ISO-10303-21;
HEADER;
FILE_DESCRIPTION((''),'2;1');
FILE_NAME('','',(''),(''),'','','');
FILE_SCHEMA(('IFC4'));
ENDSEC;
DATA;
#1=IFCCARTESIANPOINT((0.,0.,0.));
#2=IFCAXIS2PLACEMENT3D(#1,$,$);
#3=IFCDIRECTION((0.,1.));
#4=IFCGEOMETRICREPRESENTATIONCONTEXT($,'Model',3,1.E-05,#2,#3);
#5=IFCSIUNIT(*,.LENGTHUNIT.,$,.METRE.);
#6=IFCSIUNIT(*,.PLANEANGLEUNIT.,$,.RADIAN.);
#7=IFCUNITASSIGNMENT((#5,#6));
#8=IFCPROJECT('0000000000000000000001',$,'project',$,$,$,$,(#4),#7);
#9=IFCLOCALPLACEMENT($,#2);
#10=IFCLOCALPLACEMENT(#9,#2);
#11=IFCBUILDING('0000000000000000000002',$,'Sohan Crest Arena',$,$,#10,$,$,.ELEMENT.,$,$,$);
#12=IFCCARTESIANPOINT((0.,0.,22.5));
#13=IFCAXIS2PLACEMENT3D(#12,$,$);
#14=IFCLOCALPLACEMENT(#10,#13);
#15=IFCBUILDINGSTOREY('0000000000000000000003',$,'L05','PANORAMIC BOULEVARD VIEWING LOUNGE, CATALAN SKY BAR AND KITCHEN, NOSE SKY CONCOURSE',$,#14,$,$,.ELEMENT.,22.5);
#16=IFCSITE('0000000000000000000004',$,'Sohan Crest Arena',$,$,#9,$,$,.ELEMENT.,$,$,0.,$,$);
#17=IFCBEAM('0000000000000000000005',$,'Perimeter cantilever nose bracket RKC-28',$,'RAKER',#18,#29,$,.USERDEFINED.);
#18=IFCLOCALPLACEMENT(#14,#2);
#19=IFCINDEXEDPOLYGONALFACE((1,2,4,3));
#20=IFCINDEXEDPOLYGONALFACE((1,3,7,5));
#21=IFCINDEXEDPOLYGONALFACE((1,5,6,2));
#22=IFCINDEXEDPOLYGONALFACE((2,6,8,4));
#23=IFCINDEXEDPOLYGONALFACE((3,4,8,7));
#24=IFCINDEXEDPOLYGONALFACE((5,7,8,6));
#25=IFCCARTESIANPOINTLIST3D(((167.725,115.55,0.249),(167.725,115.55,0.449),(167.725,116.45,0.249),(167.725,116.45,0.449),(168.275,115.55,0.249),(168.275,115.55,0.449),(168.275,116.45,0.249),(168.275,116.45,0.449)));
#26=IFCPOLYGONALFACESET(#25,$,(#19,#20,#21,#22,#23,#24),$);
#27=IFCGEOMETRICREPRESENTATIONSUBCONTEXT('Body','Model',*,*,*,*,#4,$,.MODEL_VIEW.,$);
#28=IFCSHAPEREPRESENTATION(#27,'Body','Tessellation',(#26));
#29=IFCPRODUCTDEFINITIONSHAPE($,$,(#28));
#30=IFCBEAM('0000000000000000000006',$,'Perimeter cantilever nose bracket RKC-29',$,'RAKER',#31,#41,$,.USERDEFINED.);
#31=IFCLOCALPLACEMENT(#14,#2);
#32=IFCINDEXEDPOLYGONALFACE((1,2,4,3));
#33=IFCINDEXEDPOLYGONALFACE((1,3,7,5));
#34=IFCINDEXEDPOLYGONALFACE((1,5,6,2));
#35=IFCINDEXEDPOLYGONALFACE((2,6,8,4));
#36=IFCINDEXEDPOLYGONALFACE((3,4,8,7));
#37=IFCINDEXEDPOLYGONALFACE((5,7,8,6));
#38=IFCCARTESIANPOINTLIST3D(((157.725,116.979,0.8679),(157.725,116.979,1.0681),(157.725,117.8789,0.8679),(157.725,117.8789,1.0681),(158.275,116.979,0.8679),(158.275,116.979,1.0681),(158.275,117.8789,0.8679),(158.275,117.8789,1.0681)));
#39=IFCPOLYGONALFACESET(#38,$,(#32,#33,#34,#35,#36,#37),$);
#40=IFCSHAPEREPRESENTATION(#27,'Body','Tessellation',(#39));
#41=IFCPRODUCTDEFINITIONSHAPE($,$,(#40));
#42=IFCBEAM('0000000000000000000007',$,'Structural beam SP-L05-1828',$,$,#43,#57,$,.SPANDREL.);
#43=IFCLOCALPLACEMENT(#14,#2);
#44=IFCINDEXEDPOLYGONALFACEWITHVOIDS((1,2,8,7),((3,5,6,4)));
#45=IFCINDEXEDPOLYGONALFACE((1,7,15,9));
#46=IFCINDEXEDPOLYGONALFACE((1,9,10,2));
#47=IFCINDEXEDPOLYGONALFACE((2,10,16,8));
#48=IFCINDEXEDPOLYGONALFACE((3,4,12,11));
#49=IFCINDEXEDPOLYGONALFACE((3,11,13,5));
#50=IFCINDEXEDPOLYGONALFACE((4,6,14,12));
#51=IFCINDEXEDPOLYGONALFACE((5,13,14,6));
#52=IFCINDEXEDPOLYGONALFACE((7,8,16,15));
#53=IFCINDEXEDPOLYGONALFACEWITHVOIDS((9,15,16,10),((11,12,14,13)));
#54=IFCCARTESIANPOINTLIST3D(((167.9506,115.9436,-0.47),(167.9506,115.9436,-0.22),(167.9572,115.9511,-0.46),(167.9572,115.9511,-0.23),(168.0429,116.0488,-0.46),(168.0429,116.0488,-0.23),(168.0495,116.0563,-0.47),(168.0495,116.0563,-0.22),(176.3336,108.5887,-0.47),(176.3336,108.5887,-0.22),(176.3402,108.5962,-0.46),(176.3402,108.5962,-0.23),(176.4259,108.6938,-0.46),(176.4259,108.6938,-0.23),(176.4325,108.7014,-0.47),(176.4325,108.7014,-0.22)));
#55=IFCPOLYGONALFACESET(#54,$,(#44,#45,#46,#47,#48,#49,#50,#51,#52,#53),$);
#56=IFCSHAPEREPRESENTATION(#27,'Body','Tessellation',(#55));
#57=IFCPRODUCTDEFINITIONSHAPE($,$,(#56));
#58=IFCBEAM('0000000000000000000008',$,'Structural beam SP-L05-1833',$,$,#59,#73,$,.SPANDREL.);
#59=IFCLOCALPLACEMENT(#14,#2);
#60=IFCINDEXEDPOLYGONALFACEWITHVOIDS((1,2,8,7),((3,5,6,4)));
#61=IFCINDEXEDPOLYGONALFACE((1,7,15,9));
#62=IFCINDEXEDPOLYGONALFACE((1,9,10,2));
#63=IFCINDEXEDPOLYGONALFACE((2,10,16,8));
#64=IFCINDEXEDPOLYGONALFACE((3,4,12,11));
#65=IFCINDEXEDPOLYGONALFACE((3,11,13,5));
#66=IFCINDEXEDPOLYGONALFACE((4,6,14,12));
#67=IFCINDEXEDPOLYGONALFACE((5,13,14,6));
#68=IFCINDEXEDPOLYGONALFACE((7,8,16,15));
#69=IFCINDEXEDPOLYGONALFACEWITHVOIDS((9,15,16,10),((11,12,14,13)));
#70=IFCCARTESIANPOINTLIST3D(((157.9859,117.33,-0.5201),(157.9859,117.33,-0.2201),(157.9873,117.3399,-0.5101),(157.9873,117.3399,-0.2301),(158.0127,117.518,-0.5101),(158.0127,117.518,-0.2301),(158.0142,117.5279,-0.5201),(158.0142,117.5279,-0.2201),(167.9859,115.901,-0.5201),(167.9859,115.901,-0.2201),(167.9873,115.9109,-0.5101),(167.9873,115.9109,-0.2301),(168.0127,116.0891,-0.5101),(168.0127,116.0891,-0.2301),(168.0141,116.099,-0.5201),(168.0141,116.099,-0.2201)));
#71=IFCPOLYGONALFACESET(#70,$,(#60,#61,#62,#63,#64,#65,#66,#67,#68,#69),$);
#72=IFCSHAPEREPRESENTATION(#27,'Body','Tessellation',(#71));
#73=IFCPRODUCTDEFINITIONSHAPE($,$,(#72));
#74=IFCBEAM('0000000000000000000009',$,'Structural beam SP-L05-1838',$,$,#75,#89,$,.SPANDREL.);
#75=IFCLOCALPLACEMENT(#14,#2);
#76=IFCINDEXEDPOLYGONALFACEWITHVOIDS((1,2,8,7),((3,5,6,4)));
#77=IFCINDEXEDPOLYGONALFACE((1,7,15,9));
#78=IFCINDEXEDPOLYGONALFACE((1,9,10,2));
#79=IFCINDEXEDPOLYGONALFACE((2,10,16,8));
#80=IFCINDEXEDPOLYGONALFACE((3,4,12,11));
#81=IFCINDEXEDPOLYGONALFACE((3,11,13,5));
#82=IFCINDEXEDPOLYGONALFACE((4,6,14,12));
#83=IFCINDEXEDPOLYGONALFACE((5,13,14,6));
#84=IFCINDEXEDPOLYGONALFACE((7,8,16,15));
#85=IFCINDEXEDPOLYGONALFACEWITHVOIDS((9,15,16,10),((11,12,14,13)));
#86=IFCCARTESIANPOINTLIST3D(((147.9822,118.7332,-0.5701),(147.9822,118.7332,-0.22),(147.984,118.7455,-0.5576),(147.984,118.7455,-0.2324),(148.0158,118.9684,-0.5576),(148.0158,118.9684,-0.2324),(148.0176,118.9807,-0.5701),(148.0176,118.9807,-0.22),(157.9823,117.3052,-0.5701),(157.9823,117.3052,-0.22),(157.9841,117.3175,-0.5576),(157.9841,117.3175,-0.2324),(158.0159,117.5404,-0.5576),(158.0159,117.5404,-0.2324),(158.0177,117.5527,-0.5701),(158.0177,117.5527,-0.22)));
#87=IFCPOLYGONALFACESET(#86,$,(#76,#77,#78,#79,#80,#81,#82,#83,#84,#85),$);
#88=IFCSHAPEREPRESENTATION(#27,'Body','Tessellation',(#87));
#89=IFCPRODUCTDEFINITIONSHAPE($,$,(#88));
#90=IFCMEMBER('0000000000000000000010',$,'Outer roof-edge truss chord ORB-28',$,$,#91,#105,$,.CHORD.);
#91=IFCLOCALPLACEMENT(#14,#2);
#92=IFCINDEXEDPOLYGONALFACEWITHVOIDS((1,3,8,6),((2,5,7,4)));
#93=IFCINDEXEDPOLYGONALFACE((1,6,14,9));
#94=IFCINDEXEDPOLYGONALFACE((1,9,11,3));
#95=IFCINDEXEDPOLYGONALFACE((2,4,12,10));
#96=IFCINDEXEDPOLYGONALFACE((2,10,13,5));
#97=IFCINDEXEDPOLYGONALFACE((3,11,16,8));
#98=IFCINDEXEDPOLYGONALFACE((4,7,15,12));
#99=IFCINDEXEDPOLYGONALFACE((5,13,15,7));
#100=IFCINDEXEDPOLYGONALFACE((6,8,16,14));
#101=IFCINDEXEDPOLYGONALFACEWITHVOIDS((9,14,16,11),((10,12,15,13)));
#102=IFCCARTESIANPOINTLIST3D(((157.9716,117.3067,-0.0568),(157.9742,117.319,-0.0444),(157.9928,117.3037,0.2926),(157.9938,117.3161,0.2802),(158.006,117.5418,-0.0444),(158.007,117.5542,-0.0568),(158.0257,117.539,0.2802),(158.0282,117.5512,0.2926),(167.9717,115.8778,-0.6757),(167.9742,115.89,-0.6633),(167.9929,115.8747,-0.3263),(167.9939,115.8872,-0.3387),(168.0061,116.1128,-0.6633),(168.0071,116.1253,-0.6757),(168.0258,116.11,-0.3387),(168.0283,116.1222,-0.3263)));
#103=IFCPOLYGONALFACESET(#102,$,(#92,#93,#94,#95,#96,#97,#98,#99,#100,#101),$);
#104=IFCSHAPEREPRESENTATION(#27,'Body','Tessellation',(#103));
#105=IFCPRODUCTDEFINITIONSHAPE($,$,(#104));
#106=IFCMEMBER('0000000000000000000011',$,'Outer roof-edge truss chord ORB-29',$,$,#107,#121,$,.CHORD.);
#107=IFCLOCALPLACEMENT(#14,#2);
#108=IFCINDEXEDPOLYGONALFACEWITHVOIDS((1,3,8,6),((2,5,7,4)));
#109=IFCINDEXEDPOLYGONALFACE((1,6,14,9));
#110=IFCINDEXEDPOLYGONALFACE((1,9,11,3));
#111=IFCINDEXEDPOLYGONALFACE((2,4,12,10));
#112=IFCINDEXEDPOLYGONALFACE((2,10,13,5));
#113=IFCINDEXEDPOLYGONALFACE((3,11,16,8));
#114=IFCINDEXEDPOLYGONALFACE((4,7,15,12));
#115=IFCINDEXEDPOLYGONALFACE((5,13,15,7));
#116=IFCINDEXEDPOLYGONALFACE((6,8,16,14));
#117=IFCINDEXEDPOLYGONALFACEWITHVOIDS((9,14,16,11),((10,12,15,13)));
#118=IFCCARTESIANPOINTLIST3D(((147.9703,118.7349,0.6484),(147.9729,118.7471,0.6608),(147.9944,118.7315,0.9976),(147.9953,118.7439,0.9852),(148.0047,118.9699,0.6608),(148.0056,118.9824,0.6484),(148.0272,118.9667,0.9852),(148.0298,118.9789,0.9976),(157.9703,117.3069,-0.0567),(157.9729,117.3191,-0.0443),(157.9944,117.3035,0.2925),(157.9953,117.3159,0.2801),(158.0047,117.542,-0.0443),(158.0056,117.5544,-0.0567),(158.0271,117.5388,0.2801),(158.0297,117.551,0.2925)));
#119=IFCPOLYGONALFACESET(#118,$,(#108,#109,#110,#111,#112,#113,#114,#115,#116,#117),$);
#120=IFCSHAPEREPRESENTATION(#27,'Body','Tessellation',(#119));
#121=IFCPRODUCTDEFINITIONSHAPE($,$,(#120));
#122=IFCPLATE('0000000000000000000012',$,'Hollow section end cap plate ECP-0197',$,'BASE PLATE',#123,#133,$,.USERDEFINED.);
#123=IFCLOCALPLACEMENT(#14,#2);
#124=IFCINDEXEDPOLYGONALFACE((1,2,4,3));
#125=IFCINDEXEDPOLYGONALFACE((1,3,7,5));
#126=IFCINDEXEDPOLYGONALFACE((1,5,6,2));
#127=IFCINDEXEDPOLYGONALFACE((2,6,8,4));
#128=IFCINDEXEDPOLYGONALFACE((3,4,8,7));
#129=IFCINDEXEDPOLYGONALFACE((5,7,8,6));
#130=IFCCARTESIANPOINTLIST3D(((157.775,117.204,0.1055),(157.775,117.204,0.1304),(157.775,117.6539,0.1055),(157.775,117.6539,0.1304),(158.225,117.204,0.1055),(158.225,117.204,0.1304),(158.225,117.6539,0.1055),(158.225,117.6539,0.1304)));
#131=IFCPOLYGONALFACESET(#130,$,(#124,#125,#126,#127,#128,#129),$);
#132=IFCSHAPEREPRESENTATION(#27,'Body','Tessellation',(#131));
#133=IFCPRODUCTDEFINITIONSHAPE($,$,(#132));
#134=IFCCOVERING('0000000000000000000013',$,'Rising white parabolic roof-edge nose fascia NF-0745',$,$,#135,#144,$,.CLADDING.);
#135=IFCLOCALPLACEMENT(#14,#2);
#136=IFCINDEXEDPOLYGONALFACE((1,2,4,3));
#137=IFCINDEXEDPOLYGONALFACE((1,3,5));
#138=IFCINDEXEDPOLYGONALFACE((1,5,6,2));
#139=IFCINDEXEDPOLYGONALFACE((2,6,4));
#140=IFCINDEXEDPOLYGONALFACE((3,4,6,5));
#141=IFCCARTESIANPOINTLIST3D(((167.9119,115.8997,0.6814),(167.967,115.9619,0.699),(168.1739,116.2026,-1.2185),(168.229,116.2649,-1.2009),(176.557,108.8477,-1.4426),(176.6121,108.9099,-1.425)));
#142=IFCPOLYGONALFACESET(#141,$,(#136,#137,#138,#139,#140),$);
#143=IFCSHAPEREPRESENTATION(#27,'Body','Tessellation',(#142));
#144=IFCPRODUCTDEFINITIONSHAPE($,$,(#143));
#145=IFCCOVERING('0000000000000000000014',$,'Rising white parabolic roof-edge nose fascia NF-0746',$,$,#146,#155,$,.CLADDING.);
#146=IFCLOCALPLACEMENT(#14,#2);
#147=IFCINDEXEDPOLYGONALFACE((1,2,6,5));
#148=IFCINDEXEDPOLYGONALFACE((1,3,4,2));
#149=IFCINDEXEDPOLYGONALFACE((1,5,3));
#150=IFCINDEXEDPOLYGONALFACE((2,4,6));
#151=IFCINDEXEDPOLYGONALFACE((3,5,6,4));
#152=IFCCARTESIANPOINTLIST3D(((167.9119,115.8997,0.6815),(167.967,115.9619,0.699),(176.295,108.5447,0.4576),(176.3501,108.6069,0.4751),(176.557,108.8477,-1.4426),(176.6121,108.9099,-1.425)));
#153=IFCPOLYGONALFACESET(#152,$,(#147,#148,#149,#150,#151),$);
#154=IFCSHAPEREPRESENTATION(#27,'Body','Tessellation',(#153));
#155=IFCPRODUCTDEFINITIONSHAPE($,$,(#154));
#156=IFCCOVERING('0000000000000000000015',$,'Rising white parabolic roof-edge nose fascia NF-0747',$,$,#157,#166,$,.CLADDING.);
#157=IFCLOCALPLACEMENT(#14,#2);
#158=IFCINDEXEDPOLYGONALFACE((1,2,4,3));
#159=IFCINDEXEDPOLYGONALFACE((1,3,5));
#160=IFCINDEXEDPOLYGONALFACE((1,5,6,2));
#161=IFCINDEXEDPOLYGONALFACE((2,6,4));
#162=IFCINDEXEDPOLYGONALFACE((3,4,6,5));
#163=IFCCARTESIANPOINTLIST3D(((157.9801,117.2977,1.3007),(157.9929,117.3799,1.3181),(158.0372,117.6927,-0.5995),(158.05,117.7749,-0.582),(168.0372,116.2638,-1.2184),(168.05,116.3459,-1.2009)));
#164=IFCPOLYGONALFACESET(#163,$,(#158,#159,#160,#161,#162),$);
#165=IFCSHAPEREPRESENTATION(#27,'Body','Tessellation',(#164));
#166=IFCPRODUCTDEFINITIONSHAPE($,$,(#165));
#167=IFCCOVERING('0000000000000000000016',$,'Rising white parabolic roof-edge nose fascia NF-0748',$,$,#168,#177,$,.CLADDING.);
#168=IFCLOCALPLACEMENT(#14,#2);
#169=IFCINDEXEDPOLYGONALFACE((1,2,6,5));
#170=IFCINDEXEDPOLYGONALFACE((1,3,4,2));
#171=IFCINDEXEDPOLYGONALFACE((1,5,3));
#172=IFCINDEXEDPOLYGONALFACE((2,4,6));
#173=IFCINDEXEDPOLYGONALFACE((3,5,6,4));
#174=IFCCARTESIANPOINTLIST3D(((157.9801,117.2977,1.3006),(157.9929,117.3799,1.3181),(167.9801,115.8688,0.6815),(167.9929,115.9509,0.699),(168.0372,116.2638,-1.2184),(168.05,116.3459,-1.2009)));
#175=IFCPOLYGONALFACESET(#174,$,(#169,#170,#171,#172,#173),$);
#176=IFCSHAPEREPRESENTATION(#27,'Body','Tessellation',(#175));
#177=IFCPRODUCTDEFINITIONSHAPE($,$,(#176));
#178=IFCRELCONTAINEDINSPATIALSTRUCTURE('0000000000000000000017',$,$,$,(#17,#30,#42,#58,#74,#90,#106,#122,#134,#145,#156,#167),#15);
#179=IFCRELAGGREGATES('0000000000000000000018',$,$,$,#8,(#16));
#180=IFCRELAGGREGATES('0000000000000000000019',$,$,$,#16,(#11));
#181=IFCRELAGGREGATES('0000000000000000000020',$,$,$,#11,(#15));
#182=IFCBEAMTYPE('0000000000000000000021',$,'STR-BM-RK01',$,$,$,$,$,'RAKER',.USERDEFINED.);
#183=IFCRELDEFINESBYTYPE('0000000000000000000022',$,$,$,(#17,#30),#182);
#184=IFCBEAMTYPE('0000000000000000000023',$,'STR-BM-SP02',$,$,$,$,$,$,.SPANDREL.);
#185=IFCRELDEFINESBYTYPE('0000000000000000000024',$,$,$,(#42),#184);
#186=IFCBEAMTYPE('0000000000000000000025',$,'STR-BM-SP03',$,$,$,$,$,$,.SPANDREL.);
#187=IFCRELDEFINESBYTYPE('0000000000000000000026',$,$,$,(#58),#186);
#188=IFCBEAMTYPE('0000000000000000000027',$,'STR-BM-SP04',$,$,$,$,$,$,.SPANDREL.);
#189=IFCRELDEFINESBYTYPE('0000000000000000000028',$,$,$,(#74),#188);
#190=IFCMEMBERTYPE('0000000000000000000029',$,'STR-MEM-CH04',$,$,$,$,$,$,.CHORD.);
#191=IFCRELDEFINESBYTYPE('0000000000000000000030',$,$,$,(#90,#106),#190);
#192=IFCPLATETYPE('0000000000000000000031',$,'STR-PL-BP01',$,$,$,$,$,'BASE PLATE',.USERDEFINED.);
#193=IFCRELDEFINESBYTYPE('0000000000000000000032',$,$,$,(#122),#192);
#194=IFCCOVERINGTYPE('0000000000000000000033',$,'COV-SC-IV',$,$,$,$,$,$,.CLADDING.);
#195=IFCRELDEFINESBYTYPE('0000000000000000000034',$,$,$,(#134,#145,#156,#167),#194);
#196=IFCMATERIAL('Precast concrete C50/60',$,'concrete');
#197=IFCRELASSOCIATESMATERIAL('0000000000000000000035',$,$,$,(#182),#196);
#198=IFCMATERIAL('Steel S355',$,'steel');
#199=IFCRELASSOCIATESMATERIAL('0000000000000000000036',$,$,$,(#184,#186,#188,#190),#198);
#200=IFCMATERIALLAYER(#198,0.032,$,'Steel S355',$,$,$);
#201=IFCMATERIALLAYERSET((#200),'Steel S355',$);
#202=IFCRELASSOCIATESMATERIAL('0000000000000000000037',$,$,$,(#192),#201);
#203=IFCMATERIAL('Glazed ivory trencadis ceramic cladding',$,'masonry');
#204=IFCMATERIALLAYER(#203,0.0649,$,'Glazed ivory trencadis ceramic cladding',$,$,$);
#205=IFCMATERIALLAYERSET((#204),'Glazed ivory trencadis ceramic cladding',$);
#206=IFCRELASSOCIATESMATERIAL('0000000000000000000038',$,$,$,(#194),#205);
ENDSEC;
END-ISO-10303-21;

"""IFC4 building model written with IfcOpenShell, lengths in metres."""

from ifc_helpers import new_model, si_unit, direction, frame, origin, origin_2d, place, context, subcontext, project, spatial, polyline, rectangle, hollow_rectangle, outline, extrude, material, layer, layer_set, material_profile, profile_set, type_object, element, save


model = new_model("IFC4")

# Units and contexts
model_context = context("Model", 3, precision=1e-05, world=origin(), true_north=direction((0.0, 1.0)))
body_context = subcontext(model_context, "Body", "Model", "MODEL_VIEW")
ifc_project = project(units=[si_unit("LENGTHUNIT", "METRE"), si_unit("PLANEANGLEUNIT", "RADIAN")], contexts=[model_context])

# Site, building, storey
site_placement = place(None, origin())
site = spatial("IfcSite", under=ifc_project, at=site_placement, Name="Sohan Crest Arena", CompositionType="ELEMENT", RefElevation=0.0)
building_placement = place(site_placement, origin())
building = spatial("IfcBuilding", under=site, at=building_placement, Name="Sohan Crest Arena", CompositionType="ELEMENT")
storey_placement = place(building_placement, frame((0.0, 0.0, 22.5)))
storey = spatial("IfcBuildingStorey", under=building, at=storey_placement, Name="L05", Description="PANORAMIC BOULEVARD VIEWING LOUNGE, CATALAN SKY BAR AND KITCHEN, NOSE SKY CONCOURSE", CompositionType="ELEMENT", Elevation=22.5)

# Shared definitions
ifc_material_1 = material(Name="Steel S355", Category="steel")

# Beams
ifc_material_2 = material(Name="Precast concrete C50/60", Category="concrete")
ifc_material_profile_1 = material_profile(ifc_material_2, rectangle(XDim=0.55, YDim=0.8999, at=origin_2d()), Name="RAKER 550x900")
ifc_profile_set_1 = profile_set([ifc_material_profile_1], Name="Precast concrete C50/60")
beam_type_1 = type_object("IfcBeamType", Name="STR-BM-RK01", ElementType="RAKER", PredefinedType="USERDEFINED", material=ifc_profile_set_1)
beam_1_placement = place(storey_placement, frame((168.0, 116.0, 0.449), z_axis=(0.0, 0.0, -1.0), x_axis=(1.0, 0.0, 0.0)))
element("IfcBeam", 1, at=beam_1_placement, inside=storey, type_object=beam_type_1, Name="Perimeter cantilever nose bracket RKC-28", ObjectType="RAKER", PredefinedType="USERDEFINED", context=body_context, shape_type="SweptSolid", body=[
    extrude(rectangle(XDim=0.55, YDim=0.8999, at=origin_2d()), origin(), (0.0, 0.0, 1.0), 0.2),
])
beam_2_placement = place(storey_placement, frame((158.0, 117.429, 1.0681), z_axis=(0.0, 0.0, -1.0), x_axis=(1.0, 0.0, 0.0)))
element("IfcBeam", 2, at=beam_2_placement, inside=storey, type_object=beam_type_1, Name="Perimeter cantilever nose bracket RKC-29", ObjectType="RAKER", PredefinedType="USERDEFINED", context=body_context, shape_type="SweptSolid", body=[
    extrude(rectangle(XDim=0.55, YDim=0.8999, at=origin_2d()), origin(), (0.0, 0.0, 1.0), 0.2002),
])
ifc_material_profile_2 = material_profile(ifc_material_1, hollow_rectangle(XDim=0.1499, YDim=0.25, WallThickness=0.01, at=origin_2d()), Name="RHS 250x150x10")
ifc_profile_set_2 = profile_set([ifc_material_profile_2], Name="Steel S355")
beam_type_2 = type_object("IfcBeamType", Name="STR-BM-SP02", PredefinedType="SPANDREL", material=ifc_profile_set_2)
beam_3_placement = place(storey_placement, frame((176.3831, 108.645, -0.345), z_axis=(-0.751696, 0.65951, 0.0), x_axis=(-0.65951, -0.751696, 0.0)))
element("IfcBeam", 3, at=beam_3_placement, inside=storey, type_object=beam_type_2, Name="Structural beam SP-L05-1828", PredefinedType="SPANDREL", context=body_context, shape_type="SweptSolid", body=[
    extrude(hollow_rectangle(XDim=0.1499, YDim=0.25, WallThickness=0.01, at=origin_2d()), origin(), (0.0, 0.0, 1.0), 11.1521),
])
ifc_material_profile_3 = material_profile(ifc_material_1, hollow_rectangle(XDim=0.2, YDim=0.3, WallThickness=0.01, at=origin_2d()), Name="RHS 300x200x10")
ifc_profile_set_3 = profile_set([ifc_material_profile_3], Name="Steel S355")
beam_type_3 = type_object("IfcBeamType", Name="STR-BM-SP03", PredefinedType="SPANDREL", material=ifc_profile_set_3)
beam_4_placement = place(storey_placement, frame((168.0, 116.0, -0.3701), z_axis=(-0.989944, 0.141459, 0.0), x_axis=(-0.141459, -0.989944, 0.0)))
element("IfcBeam", 4, at=beam_4_placement, inside=storey, type_object=beam_type_3, Name="Structural beam SP-L05-1833", PredefinedType="SPANDREL", context=body_context, shape_type="SweptSolid", body=[
    extrude(hollow_rectangle(XDim=0.2, YDim=0.3, WallThickness=0.01, at=origin_2d()), origin(), (0.0, 0.0, 1.0), 10.1016),
])
ifc_material_profile_4 = material_profile(ifc_material_1, hollow_rectangle(XDim=0.25, YDim=0.3501, WallThickness=0.0125, at=origin_2d()), Name="RHS 350x250x12.5")
ifc_profile_set_4 = profile_set([ifc_material_profile_4], Name="Steel S355")
beam_type_4 = type_object("IfcBeamType", Name="STR-BM-SP04", PredefinedType="SPANDREL", material=ifc_profile_set_4)
beam_5_placement = place(storey_placement, frame((158.0, 117.429, -0.395), z_axis=(-0.989958, 0.141364, 0.0), x_axis=(-0.141364, -0.989958, 0.0)))
element("IfcBeam", 5, at=beam_5_placement, inside=storey, type_object=beam_type_4, Name="Structural beam SP-L05-1838", PredefinedType="SPANDREL", context=body_context, shape_type="SweptSolid", body=[
    extrude(hollow_rectangle(XDim=0.25, YDim=0.3501, WallThickness=0.0125, at=origin_2d()), origin(), (0.0, 0.0, 1.0), 10.1016),
])

# Members
ifc_material_profile_5 = material_profile(ifc_material_1, hollow_rectangle(XDim=0.25, YDim=0.3501, WallThickness=0.0125, at=origin_2d()), Name="RHS 350x250x12.5")
ifc_profile_set_5 = profile_set([ifc_material_profile_5], Name="Steel S355")
member_type = type_object("IfcMemberType", Name="STR-MEM-CH04", PredefinedType="CHORD", material=ifc_profile_set_5)
member_1_placement = place(storey_placement, frame((168.0, 116.0, -0.501), z_axis=(-0.988091, 0.141194, 0.061153), x_axis=(-0.141459, -0.989944, 0.0)))
element("IfcMember", 6, at=member_1_placement, inside=storey, type_object=member_type, Name="Outer roof-edge truss chord ORB-28", PredefinedType="CHORD", context=body_context, shape_type="SweptSolid", body=[
    extrude(hollow_rectangle(XDim=0.25, YDim=0.3501, WallThickness=0.0125, at=origin_2d()), origin(), (0.0, 0.0, 1.0), 10.1206),
])
member_2_placement = place(storey_placement, frame((158.0, 117.429, 0.1179), z_axis=(-0.987555, 0.141021, 0.06963), x_axis=(-0.141364, -0.989958, 0.0)))
element("IfcMember", 7, at=member_2_placement, inside=storey, type_object=member_type, Name="Outer roof-edge truss chord ORB-29", PredefinedType="CHORD", context=body_context, shape_type="SweptSolid", body=[
    extrude(hollow_rectangle(XDim=0.25, YDim=0.3501, WallThickness=0.0125, at=origin_2d()), origin(), (0.0, 0.0, 1.0), 10.126),
])

# Plate
ifc_layer_1 = layer(ifc_material_1, 0.032, Name="Steel S355")
ifc_layer_set_1 = layer_set([ifc_layer_1], Name="Steel S355")
plate_type = type_object("IfcPlateType", Name="STR-PL-BP01", ElementType="BASE PLATE", PredefinedType="USERDEFINED", material=ifc_layer_set_1)
plate_placement = place(storey_placement, frame((158.0, 117.429, 0.1055), z_axis=(0.0, 0.0, 1.0), x_axis=(1.0, 0.0, 0.0)))
element("IfcPlate", 8, at=plate_placement, inside=storey, type_object=plate_type, Name="Hollow section end cap plate ECP-0197", ObjectType="BASE PLATE", PredefinedType="USERDEFINED", context=body_context, shape_type="SweptSolid", body=[
    extrude(rectangle(XDim=0.45, YDim=0.45, at=origin_2d()), origin(), (0.0, 0.0, 1.0), 0.0249),
])

# Coverings
ifc_material_3 = material(Name="Glazed ivory trencadis ceramic cladding", Category="masonry")
ifc_layer_2 = layer(ifc_material_3, 0.0649, Name="Glazed ivory trencadis ceramic cladding")
ifc_layer_set_2 = layer_set([ifc_layer_2], Name="Glazed ivory trencadis ceramic cladding")
covering_type = type_object("IfcCoveringType", Name="COV-SC-IV", PredefinedType="CLADDING", material=ifc_layer_set_2)
covering_1_placement = place(storey_placement, frame((176.6121, 108.9099, -1.425), z_axis=(0.648438, 0.732791, 0.206267), x_axis=(-0.751544, 0.659377, 0.020093)))
element("IfcCovering", 9, at=covering_1_placement, inside=storey, type_object=covering_type, Name="Rising white parabolic roof-edge nose fascia NF-0745", PredefinedType="CLADDING", context=body_context, shape_type="SweptSolid", body=[
    extrude(outline(polyline([(0.0, 0.0), (11.1544, 0.0), (11.1897, 1.9413), (0.0, 0.0)])), origin(), (0.0, 0.0, -1.0), 0.085),
])
covering_2_placement = place(storey_placement, frame((176.6121, 108.9099, -1.425), z_axis=(0.648438, 0.732798, 0.206241), x_axis=(-0.761215, 0.620946, 0.187025)))
element("IfcCovering", 10, at=covering_2_placement, inside=storey, type_object=covering_type, Name="Rising white parabolic roof-edge nose fascia NF-0746", PredefinedType="CLADDING", context=body_context, shape_type="SweptSolid", body=[
    extrude(outline(polyline([(0.0, 0.0), (11.3569, 0.0), (0.3667, 1.907), (0.0, 0.0)])), origin(), (0.0, 0.0, -1.0), 0.085),
])
covering_3_placement = place(storey_placement, frame((168.05, 116.3459, -1.2009), z_axis=(0.150893, 0.966943, 0.205554), x_axis=(-0.988091, 0.141194, 0.061153)))
element("IfcCovering", 11, at=covering_3_placement, inside=storey, type_object=covering_type, Name="Rising white parabolic roof-edge nose fascia NF-0747", PredefinedType="CLADDING", context=body_context, shape_type="SweptSolid", body=[
    extrude(outline(polyline([(0.0, 0.0), (10.1205, 0.0), (10.2374, 1.9381), (0.0, 0.0)])), origin(), (0.0, 0.0, -1.0), 0.085),
])
covering_4_placement = place(storey_placement, frame((168.05, 116.3459, -1.2009), z_axis=(0.150899, 0.966937, 0.205579), x_axis=(-0.965246, 0.099233, 0.241769)))
element("IfcCovering", 12, at=covering_4_placement, inside=storey, type_object=covering_type, Name="Rising white parabolic roof-edge nose fascia NF-0748", PredefinedType="CLADDING", context=body_context, shape_type="SweptSolid", body=[
    extrude(outline(polyline([(0.0, 0.0), (10.4192, 0.0), (0.4753, 1.8823), (0.0, 0.0)])), origin(), (0.0, 0.0, -1.0), 0.085),
])

save(model, "model.ifc")
